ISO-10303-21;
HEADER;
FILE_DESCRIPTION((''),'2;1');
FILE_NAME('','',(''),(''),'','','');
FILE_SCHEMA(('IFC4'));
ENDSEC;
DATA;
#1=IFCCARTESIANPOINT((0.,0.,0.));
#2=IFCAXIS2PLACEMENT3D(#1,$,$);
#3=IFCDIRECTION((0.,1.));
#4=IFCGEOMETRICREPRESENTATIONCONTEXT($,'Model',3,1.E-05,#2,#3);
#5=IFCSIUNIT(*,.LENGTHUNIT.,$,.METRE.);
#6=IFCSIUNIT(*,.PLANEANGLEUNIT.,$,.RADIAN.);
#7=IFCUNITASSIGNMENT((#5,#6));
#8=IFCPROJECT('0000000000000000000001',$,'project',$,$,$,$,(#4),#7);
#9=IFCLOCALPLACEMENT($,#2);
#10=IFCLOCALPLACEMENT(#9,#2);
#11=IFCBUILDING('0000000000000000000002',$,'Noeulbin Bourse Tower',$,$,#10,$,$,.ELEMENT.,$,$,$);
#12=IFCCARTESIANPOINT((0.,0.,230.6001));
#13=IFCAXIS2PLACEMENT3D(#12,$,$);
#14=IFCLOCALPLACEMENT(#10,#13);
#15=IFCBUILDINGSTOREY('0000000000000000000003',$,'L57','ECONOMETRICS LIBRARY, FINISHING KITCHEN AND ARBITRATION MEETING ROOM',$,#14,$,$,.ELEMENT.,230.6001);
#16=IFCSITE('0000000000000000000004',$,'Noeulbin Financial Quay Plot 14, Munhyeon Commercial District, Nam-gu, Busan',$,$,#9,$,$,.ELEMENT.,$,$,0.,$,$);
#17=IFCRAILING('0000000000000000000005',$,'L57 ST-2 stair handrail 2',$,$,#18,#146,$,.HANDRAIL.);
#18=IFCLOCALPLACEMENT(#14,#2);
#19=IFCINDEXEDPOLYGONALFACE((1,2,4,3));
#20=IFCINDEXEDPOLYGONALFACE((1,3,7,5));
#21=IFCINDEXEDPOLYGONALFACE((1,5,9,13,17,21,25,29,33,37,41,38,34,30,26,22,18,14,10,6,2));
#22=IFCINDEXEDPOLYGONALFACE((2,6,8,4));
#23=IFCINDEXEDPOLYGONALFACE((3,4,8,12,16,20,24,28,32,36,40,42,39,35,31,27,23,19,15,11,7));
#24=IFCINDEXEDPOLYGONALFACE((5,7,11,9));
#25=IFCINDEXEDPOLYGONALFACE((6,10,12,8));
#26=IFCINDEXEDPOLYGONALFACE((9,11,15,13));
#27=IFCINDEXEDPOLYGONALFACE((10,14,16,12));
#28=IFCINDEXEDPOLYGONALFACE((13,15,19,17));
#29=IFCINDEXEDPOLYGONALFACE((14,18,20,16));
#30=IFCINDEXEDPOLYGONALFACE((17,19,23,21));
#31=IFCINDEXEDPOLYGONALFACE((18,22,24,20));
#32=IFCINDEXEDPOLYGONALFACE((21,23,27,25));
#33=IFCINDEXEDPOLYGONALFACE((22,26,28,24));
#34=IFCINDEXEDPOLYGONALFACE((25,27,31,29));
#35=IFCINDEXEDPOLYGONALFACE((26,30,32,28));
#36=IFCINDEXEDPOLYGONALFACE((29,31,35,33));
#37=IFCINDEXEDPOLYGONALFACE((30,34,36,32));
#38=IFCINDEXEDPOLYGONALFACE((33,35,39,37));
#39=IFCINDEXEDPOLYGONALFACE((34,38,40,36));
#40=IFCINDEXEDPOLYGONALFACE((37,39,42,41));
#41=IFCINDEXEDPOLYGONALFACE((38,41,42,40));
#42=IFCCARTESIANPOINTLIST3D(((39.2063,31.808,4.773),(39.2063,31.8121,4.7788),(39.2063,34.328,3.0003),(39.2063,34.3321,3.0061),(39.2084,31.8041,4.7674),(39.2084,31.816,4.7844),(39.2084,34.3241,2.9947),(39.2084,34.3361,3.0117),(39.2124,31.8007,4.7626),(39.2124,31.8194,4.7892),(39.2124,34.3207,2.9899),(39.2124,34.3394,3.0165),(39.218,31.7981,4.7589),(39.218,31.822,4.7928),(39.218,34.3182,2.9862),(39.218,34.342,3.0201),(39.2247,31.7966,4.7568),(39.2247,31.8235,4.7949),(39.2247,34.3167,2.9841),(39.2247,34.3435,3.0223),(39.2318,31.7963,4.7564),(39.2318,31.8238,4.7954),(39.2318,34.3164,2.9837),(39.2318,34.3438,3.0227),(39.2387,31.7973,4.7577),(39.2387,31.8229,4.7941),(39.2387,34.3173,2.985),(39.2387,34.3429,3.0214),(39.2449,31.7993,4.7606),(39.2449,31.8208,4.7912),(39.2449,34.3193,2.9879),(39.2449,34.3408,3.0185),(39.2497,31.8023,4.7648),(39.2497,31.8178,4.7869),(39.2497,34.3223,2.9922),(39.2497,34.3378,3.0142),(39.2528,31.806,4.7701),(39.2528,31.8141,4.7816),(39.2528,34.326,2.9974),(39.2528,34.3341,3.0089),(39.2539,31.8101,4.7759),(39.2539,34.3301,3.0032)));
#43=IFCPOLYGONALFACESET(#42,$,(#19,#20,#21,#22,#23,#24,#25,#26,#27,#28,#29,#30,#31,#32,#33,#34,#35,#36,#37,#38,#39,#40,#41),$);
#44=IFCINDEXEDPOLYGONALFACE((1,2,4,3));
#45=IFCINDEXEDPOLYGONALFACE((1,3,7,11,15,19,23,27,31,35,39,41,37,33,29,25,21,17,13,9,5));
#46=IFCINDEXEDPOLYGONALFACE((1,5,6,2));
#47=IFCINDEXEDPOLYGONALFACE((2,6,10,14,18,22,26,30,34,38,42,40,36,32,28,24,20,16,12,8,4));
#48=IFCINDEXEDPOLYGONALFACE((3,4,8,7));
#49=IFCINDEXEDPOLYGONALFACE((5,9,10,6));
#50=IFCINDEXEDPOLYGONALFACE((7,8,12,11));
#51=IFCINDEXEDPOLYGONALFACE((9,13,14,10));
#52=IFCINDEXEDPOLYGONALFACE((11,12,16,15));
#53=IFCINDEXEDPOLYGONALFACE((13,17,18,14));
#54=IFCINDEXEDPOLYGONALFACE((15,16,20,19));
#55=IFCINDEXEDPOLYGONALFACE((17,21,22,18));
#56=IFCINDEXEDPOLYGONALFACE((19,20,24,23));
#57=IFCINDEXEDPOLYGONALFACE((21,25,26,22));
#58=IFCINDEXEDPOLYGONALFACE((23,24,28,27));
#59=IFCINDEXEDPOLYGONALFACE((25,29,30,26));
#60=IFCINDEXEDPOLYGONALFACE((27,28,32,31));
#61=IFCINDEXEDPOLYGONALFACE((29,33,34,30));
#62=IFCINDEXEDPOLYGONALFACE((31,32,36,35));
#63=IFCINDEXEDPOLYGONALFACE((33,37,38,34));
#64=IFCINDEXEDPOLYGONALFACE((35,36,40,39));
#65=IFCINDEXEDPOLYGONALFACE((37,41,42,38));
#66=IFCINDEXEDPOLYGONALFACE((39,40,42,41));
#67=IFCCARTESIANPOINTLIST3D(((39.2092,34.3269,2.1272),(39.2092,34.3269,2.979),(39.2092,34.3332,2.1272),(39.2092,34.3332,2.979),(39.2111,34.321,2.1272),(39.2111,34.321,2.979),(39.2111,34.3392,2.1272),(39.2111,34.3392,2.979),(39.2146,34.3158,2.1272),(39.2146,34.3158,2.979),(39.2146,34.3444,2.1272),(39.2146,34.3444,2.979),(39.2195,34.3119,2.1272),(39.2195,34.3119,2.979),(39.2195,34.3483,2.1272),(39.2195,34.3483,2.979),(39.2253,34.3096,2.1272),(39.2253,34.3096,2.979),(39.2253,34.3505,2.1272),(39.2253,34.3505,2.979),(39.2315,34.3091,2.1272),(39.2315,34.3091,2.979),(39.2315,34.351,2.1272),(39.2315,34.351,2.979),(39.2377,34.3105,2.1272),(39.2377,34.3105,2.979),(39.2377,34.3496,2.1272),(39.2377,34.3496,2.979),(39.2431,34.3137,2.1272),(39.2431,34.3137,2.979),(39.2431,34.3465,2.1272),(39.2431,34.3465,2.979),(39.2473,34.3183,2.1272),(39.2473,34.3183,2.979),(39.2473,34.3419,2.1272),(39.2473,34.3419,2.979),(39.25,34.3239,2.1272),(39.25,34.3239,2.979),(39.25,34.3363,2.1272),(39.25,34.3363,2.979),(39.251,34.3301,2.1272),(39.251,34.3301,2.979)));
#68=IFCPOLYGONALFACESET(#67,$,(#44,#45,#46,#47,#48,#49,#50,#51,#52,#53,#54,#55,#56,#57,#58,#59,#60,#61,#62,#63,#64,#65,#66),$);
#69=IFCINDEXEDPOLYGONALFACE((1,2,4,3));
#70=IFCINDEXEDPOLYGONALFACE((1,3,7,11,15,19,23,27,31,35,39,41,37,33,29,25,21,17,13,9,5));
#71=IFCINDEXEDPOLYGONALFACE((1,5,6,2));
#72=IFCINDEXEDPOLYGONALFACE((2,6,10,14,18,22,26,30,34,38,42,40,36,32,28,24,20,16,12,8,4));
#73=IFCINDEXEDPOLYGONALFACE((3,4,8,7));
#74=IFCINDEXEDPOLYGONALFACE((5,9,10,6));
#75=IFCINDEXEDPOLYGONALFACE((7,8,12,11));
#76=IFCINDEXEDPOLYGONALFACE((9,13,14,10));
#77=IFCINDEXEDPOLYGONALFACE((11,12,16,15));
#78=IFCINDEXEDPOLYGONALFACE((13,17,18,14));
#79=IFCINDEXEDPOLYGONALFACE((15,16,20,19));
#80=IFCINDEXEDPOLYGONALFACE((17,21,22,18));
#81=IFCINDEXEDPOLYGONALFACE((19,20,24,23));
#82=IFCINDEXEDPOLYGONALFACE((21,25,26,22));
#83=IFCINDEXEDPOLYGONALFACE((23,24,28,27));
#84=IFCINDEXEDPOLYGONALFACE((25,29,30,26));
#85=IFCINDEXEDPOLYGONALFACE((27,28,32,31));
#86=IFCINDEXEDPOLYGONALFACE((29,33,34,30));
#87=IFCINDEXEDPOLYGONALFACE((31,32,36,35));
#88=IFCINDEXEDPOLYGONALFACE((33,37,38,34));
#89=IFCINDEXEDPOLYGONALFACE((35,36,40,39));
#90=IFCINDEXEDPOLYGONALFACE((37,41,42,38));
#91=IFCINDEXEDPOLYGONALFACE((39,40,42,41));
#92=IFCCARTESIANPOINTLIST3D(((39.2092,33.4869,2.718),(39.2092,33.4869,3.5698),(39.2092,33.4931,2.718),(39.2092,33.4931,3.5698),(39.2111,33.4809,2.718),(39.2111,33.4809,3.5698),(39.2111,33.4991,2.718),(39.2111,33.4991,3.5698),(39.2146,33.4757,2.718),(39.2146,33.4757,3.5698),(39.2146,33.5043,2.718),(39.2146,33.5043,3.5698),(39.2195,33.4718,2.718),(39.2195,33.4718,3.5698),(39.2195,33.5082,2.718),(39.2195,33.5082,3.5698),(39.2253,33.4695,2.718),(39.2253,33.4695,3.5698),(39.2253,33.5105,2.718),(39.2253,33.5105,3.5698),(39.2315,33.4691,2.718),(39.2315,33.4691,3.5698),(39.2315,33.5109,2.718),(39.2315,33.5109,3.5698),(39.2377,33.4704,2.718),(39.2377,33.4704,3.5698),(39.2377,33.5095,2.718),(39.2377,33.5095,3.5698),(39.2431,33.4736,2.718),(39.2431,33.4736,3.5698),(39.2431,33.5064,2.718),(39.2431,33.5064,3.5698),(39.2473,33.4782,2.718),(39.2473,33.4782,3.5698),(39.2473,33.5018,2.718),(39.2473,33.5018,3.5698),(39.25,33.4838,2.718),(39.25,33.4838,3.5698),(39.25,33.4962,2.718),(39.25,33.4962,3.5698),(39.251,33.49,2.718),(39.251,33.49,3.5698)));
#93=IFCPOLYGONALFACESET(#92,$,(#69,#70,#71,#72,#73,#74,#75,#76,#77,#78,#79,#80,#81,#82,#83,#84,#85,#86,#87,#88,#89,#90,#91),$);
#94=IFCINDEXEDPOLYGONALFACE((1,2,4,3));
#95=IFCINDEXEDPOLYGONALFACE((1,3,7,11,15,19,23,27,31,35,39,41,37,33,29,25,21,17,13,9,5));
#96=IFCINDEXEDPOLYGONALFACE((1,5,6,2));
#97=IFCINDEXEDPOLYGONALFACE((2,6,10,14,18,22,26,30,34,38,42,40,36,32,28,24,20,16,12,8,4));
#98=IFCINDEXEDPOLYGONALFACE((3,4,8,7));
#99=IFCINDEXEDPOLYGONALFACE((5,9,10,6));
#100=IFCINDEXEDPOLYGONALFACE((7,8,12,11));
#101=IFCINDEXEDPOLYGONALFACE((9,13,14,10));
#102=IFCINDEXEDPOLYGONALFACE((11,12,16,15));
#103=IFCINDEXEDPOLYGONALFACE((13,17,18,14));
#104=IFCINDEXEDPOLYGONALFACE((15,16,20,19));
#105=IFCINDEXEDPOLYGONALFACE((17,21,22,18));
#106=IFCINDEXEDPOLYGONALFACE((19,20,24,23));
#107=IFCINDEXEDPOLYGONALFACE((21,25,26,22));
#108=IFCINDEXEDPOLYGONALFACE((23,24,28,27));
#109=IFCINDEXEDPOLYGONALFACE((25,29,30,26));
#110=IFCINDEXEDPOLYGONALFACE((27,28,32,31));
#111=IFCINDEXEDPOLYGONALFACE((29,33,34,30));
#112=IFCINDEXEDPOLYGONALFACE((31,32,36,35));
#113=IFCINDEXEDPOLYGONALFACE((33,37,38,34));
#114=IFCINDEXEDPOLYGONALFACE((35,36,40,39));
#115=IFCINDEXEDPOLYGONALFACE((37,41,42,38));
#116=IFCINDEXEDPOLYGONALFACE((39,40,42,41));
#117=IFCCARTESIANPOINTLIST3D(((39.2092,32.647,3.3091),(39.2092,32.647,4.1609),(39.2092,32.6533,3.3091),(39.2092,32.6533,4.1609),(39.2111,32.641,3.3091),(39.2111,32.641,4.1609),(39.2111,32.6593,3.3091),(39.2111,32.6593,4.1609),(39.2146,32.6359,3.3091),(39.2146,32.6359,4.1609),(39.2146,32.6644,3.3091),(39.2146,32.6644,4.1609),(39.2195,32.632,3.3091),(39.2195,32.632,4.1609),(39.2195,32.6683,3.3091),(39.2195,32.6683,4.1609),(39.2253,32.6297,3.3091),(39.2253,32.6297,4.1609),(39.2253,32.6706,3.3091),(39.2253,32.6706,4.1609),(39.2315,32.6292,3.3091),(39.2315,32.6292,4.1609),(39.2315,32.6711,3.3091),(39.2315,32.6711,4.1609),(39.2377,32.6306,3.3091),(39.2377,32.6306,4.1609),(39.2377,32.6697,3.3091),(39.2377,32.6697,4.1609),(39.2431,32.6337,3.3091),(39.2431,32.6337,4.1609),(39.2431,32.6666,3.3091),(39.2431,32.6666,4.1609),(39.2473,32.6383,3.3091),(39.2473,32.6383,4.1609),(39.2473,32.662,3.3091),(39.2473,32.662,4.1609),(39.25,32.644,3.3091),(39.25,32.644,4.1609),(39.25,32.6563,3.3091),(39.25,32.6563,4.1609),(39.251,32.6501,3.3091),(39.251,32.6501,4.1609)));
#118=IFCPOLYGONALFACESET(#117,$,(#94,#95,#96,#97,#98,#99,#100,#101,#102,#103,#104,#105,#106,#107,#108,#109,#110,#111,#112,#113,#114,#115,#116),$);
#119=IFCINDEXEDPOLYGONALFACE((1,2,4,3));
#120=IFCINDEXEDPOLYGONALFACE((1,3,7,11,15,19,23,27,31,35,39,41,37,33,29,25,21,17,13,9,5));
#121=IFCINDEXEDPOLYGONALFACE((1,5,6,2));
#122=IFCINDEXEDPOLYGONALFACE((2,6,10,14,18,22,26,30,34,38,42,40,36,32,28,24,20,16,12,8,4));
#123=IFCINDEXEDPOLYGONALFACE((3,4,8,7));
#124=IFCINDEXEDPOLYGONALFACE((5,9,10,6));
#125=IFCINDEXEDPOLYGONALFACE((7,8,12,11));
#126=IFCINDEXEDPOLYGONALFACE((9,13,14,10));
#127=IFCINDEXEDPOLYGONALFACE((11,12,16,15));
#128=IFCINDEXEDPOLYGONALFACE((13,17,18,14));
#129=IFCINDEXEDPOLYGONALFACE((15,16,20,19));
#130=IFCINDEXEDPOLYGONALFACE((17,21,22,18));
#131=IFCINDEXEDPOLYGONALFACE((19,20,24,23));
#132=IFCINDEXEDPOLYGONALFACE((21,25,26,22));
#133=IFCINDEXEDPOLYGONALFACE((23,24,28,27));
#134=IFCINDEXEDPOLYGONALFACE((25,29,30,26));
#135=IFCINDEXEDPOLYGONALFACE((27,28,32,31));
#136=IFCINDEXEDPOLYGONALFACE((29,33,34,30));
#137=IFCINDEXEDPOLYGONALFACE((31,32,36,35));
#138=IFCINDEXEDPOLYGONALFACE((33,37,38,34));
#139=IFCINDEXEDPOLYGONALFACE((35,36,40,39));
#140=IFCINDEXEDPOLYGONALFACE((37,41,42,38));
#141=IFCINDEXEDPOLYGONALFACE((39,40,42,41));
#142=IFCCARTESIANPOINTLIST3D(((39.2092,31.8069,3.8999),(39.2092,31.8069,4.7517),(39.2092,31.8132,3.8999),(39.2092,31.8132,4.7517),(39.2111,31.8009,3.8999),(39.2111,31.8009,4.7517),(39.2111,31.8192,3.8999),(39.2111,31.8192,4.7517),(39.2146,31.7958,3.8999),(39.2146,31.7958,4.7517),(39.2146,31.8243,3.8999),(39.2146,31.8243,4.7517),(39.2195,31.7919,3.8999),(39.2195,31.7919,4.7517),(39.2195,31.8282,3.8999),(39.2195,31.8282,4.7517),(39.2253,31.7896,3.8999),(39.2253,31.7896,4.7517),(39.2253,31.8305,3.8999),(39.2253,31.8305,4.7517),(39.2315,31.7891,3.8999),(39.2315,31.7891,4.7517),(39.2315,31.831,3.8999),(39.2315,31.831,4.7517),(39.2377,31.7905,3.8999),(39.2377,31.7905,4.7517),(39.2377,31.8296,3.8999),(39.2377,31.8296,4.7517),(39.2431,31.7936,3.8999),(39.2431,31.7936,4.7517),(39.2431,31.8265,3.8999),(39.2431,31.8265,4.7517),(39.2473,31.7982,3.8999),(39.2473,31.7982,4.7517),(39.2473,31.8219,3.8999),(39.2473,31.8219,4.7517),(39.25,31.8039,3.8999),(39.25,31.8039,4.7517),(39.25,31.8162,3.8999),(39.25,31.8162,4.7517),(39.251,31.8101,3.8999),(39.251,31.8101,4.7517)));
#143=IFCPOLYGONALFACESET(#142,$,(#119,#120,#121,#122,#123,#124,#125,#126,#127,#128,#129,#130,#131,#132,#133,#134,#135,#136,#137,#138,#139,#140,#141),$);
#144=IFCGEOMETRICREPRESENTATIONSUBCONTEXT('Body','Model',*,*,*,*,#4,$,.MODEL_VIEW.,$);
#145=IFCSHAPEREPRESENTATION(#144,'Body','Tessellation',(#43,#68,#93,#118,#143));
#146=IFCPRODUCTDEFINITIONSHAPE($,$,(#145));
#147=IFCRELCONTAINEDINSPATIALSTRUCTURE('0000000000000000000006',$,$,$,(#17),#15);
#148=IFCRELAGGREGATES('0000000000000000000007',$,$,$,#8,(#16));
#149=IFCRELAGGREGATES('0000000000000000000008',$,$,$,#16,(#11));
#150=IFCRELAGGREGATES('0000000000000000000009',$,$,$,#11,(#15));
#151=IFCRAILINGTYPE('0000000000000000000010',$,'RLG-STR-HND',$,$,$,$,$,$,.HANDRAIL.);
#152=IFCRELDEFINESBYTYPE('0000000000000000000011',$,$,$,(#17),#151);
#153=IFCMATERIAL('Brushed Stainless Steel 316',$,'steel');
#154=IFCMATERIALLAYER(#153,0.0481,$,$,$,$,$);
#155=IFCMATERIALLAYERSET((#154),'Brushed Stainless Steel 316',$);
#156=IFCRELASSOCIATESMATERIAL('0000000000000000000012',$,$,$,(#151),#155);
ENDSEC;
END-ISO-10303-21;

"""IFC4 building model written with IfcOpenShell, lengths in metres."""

from ifc_helpers import new_model, si_unit, direction, frame, origin, origin_2d, place, context, subcontext, project, spatial, circle, extrude, material, layer, layer_set, type_object, element, save


model = new_model("IFC4")

# Units and contexts
model_context = context("Model", 3, precision=1e-05, world=origin(), true_north=direction((0.0, 1.0)))
body_context = subcontext(model_context, "Body", "Model", "MODEL_VIEW")
ifc_project = project(units=[si_unit("LENGTHUNIT", "METRE"), si_unit("PLANEANGLEUNIT", "RADIAN")], contexts=[model_context])

# Site, building, storey
site_placement = place(None, origin())
site = spatial("IfcSite", under=ifc_project, at=site_placement, Name="Noeulbin Financial Quay Plot 14, Munhyeon Commercial District, Nam-gu, Busan", CompositionType="ELEMENT", RefElevation=0.0)
building_placement = place(site_placement, origin())
building = spatial("IfcBuilding", under=site, at=building_placement, Name="Noeulbin Bourse Tower", CompositionType="ELEMENT")
storey_placement = place(building_placement, frame((0.0, 0.0, 230.6001)))
storey = spatial("IfcBuildingStorey", under=building, at=storey_placement, Name="L57", Description="ECONOMETRICS LIBRARY, FINISHING KITCHEN AND ARBITRATION MEETING ROOM", CompositionType="ELEMENT", Elevation=230.6001)

# Railing
ifc_material_1 = material(Name="Brushed Stainless Steel 316", Category="steel")
ifc_layer_1 = layer(ifc_material_1, 0.0481)
ifc_layer_set_1 = layer_set([ifc_layer_1], Name="Brushed Stainless Steel 316")
railing_type_1 = type_object("IfcRailingType", Name="RLG-STR-HND", PredefinedType="HANDRAIL", material=ifc_layer_set_1)
railing_1_placement = place(storey_placement, frame((39.23, 34.3301, 2.1272)))
element("IfcRailing", 1, at=railing_1_placement, inside=storey, type_object=railing_type_1, Name="L57 ST-2 stair handrail 2", PredefinedType="HANDRAIL", context=body_context, shape_type="SweptSolid", body=[
    extrude(circle(Radius=0.0239, at=origin_2d()), frame((0.0, 0.0, 0.876), z_axis=(0.0, -0.817904, 0.575354), x_axis=(1.0, 0.0, 0.0)), (0.0, 0.0, 1.0), 3.0811),
    extrude(circle(Radius=0.021, at=origin_2d()), origin(), (0.0, 0.0, 1.0), 0.8518),
    extrude(circle(Radius=0.021, at=origin_2d()), frame((0.0, -0.8401, 0.5908)), (0.0, 0.0, 1.0), 0.8518),
    extrude(circle(Radius=0.021, at=origin_2d()), frame((0.0, -1.6799, 1.1819)), (0.0, 0.0, 1.0), 0.8518),
    extrude(circle(Radius=0.021, at=origin_2d()), frame((0.0, -2.52, 1.7727)), (0.0, 0.0, 1.0), 0.8518),
])

save(model, "model.ifc")
